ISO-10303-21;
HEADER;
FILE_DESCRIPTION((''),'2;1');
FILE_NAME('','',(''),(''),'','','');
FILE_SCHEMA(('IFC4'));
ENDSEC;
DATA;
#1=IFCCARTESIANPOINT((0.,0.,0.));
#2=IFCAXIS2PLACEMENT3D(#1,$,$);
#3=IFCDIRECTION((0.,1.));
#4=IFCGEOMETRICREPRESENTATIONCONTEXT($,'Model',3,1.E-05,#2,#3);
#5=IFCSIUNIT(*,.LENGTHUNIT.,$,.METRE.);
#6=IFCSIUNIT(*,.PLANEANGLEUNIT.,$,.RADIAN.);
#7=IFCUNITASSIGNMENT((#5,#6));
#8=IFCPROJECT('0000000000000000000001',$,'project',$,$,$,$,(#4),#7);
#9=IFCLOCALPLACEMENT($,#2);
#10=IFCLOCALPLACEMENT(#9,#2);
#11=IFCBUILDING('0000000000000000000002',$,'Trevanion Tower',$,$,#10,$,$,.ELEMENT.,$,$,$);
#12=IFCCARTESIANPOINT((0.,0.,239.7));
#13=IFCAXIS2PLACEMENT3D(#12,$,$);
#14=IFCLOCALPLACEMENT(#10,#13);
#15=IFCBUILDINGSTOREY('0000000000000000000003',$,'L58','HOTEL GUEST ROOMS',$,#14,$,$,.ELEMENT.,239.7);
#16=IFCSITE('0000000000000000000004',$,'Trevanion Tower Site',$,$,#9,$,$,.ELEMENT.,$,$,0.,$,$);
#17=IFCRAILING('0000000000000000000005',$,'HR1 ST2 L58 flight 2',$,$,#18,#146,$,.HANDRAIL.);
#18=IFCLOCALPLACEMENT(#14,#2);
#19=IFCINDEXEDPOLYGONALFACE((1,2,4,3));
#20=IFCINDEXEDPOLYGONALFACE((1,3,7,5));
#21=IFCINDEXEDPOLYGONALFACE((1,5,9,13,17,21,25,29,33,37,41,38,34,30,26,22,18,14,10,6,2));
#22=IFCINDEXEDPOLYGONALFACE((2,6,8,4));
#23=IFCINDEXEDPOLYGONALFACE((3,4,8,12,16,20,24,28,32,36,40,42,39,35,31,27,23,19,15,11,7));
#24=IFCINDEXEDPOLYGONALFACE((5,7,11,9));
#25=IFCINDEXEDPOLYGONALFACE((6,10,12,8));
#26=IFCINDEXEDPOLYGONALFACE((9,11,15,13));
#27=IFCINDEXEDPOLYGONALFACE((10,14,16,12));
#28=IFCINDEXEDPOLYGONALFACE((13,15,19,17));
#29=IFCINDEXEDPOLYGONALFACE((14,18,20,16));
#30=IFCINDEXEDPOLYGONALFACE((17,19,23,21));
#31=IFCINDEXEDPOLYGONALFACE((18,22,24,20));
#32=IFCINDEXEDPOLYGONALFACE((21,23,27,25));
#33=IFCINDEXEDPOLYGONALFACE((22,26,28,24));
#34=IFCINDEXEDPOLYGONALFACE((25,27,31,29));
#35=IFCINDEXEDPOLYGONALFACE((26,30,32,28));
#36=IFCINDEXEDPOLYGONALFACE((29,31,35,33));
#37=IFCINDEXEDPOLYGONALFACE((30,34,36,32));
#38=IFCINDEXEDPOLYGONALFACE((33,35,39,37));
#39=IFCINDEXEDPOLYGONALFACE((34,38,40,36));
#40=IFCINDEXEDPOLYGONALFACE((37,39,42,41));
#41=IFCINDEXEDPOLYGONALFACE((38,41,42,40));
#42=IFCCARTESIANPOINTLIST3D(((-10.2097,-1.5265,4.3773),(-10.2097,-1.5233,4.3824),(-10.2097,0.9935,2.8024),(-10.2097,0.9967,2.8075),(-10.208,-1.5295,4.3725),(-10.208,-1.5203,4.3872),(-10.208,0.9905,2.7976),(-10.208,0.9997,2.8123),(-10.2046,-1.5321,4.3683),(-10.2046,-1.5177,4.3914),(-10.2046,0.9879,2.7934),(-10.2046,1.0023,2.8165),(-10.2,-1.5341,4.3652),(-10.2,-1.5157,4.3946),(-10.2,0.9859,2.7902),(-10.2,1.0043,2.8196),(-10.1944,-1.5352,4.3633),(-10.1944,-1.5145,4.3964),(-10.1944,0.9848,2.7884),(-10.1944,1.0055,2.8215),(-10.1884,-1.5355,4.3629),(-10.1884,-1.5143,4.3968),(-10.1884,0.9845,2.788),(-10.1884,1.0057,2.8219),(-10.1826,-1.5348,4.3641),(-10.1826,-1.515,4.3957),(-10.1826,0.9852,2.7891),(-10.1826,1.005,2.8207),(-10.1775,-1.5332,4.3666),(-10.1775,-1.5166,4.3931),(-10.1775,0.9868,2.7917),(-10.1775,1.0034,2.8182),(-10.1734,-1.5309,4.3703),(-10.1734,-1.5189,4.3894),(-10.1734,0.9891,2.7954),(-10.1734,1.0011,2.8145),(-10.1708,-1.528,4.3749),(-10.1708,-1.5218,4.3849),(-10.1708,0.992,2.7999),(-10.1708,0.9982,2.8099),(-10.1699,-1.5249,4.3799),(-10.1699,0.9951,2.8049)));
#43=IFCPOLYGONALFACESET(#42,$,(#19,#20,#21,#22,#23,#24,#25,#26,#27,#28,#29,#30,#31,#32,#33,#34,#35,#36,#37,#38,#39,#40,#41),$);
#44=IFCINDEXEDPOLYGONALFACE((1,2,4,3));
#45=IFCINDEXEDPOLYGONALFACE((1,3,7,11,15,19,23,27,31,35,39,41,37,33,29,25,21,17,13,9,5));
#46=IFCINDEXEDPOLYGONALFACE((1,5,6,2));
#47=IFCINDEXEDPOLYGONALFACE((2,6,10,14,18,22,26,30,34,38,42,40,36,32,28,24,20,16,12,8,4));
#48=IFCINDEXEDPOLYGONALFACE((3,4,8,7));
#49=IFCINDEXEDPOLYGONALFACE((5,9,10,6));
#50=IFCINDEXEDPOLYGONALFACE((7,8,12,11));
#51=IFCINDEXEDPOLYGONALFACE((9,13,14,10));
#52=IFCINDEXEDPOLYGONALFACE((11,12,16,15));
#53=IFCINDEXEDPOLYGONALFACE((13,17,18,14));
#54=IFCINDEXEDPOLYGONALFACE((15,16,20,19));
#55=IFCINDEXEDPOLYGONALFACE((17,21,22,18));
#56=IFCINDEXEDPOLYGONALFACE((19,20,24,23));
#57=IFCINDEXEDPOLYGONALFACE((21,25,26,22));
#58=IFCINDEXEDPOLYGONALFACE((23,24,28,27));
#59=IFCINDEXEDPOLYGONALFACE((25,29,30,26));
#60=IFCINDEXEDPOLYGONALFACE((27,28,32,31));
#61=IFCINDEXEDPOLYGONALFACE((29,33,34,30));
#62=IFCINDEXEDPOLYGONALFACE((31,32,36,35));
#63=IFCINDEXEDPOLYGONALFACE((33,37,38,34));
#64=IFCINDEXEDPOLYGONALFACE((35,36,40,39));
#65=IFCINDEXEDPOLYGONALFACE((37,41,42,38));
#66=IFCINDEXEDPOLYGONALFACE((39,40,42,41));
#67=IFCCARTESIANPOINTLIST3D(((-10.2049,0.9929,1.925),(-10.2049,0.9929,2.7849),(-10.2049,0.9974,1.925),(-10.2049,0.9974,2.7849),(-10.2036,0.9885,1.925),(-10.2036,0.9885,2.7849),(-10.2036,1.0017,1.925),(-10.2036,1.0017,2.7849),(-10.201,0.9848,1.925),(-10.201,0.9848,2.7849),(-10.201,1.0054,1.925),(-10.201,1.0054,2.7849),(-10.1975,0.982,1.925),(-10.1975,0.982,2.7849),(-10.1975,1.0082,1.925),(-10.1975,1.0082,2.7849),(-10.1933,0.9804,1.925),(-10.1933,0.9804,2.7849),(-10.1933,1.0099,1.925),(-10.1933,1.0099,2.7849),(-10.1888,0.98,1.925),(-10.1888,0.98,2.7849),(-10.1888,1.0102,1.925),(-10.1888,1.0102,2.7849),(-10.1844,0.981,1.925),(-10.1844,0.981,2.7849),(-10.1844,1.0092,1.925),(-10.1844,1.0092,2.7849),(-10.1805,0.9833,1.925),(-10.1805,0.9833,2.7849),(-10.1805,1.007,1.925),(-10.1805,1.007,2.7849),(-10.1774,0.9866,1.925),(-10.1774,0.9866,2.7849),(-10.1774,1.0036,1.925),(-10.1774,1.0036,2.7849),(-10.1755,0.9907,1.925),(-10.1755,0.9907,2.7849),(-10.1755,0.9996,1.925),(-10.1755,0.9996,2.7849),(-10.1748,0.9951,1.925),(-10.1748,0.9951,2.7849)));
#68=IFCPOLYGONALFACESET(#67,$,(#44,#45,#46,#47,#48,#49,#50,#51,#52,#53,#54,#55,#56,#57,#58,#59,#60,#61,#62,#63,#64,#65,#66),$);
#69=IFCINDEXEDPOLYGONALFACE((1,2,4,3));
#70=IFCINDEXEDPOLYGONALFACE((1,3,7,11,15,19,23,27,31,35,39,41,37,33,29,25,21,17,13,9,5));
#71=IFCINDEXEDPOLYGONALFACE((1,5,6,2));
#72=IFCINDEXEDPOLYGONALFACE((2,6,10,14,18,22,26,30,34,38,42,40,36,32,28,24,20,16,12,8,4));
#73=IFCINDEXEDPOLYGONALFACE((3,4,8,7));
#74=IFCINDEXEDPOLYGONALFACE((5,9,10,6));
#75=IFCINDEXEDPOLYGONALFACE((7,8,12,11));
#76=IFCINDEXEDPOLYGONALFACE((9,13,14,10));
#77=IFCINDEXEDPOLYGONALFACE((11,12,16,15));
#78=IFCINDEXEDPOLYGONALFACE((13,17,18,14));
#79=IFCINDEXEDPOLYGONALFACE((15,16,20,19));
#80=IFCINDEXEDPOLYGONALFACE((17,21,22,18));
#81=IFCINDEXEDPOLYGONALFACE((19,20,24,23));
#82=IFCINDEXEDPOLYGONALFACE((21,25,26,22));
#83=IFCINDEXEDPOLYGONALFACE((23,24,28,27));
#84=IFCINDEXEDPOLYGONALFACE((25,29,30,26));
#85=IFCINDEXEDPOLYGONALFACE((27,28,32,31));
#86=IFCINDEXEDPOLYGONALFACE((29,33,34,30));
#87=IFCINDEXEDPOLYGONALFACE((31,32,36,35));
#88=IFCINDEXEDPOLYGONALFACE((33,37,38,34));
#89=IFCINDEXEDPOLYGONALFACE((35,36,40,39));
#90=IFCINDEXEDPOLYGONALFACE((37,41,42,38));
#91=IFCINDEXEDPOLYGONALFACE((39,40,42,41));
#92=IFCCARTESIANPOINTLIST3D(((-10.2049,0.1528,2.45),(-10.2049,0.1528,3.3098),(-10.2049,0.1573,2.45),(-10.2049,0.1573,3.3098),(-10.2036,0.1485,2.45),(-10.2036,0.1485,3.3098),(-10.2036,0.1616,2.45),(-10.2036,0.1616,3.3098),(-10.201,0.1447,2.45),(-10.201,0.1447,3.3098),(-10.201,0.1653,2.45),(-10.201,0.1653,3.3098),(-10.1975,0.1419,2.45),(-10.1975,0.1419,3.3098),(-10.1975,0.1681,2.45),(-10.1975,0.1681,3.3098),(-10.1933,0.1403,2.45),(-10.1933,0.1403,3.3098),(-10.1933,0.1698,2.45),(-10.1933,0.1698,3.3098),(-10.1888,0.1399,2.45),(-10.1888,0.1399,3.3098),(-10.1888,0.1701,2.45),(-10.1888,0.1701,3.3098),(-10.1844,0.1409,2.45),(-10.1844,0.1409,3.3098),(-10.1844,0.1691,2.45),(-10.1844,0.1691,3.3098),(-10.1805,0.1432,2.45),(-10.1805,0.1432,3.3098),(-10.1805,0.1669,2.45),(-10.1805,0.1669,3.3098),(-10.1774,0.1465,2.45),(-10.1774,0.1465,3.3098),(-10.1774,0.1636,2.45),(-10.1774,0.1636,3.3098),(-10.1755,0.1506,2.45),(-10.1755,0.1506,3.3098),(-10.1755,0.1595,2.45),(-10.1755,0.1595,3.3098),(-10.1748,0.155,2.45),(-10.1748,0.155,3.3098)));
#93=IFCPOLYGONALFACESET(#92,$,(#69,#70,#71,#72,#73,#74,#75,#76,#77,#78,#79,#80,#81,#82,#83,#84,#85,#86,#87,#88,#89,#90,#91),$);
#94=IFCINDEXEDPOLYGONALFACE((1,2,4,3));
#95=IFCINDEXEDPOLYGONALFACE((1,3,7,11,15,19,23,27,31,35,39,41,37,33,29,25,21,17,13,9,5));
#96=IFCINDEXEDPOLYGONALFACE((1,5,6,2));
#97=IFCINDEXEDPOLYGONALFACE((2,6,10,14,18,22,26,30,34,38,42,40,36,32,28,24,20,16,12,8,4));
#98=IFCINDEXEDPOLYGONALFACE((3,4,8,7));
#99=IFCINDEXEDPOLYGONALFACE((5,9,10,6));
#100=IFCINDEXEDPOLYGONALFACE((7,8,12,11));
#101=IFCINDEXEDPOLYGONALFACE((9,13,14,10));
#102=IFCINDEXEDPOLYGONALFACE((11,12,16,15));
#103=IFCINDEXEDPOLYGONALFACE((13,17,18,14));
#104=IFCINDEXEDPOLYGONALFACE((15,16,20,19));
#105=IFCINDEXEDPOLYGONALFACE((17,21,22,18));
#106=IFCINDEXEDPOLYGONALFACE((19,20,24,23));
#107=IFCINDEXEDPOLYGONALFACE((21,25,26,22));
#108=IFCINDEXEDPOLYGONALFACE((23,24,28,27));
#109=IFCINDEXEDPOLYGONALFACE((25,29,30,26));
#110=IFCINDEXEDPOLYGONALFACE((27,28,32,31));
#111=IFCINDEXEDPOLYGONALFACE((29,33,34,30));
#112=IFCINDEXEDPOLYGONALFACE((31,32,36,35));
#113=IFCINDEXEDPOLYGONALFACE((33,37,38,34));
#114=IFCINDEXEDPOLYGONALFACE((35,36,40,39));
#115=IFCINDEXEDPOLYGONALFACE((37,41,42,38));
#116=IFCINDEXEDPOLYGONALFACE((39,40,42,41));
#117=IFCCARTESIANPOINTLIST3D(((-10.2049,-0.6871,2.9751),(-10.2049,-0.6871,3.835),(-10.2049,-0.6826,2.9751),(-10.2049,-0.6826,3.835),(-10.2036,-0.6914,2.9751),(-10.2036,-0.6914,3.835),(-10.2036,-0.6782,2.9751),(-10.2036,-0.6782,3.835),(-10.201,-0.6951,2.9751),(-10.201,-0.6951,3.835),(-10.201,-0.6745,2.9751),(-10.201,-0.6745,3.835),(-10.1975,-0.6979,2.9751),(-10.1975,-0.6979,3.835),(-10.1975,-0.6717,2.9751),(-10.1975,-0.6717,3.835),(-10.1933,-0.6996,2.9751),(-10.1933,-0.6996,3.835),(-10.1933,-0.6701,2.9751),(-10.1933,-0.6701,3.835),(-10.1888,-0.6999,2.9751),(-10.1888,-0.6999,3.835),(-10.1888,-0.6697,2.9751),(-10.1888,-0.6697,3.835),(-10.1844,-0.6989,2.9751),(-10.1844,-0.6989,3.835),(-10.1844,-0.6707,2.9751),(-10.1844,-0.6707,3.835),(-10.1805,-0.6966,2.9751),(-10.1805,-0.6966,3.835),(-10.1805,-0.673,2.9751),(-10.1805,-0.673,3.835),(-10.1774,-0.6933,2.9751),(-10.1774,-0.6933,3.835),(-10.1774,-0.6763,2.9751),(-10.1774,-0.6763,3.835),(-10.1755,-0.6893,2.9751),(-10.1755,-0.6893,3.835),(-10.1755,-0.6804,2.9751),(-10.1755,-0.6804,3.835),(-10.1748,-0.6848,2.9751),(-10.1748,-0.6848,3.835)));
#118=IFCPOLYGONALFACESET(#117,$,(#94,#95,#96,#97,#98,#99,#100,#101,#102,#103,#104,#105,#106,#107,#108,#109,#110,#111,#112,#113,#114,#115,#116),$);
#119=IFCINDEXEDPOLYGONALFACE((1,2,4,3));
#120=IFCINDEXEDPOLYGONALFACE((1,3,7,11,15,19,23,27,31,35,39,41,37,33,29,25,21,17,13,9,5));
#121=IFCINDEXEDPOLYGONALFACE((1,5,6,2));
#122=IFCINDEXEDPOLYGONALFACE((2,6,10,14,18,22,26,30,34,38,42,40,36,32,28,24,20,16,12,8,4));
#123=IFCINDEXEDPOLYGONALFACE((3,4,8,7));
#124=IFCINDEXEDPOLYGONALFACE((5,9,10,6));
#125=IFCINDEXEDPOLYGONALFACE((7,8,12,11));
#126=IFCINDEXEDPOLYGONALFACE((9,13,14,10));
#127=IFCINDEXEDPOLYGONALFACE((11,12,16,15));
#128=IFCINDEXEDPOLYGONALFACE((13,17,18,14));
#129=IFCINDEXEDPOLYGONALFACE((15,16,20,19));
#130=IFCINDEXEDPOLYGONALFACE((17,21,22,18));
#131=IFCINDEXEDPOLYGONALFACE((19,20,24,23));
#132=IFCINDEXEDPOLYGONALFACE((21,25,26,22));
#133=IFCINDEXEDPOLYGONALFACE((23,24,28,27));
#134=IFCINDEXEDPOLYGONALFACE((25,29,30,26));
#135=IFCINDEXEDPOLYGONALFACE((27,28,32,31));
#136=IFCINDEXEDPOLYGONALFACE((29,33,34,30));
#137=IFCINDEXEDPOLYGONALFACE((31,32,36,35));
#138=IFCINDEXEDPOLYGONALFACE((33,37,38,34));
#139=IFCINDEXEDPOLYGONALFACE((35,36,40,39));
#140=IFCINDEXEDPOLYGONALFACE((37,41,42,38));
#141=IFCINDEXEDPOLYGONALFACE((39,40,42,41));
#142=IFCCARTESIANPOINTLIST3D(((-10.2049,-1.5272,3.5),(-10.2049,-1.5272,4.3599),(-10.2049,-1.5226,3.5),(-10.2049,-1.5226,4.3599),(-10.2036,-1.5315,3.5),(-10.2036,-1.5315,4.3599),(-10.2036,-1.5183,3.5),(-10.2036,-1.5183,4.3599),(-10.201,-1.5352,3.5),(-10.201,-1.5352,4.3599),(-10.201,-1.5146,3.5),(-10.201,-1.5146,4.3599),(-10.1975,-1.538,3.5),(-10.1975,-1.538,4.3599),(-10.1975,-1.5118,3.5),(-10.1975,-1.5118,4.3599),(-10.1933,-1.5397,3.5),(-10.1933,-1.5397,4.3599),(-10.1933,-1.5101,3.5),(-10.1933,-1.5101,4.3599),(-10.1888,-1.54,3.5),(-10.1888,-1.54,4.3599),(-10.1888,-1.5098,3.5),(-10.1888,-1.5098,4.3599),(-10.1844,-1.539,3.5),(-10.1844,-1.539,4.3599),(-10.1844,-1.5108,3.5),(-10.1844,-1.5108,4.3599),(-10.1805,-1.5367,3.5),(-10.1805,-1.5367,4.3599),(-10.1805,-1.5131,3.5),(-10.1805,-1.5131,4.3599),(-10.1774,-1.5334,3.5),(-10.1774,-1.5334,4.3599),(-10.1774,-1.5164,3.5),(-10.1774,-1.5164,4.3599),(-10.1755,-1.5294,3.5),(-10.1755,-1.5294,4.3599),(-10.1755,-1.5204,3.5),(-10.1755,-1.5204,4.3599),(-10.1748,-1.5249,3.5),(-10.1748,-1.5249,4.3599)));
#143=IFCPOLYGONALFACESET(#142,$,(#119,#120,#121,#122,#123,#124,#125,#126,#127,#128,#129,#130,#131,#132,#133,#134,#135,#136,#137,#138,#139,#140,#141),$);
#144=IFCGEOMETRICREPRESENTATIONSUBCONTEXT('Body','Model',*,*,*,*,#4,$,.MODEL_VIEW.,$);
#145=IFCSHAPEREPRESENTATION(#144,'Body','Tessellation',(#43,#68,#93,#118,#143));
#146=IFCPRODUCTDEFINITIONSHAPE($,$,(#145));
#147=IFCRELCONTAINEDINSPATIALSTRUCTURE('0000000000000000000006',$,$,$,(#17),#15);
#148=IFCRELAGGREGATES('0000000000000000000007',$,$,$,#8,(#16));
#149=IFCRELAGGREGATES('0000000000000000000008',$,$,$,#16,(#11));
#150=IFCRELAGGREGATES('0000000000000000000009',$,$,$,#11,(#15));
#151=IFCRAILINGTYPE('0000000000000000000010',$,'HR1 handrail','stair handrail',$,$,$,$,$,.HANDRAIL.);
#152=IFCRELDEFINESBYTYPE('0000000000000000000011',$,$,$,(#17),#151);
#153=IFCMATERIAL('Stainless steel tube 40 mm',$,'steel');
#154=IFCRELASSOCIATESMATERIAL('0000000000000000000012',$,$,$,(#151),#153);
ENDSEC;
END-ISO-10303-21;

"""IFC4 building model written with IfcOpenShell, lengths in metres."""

from ifc_helpers import new_model, si_unit, direction, frame, origin, origin_2d, place, context, subcontext, project, spatial, circle, extrude, material, type_object, element, save


model = new_model("IFC4")

# Units and contexts
model_context = context("Model", 3, precision=1e-05, world=origin(), true_north=direction((0.0, 1.0)))
body_context = subcontext(model_context, "Body", "Model", "MODEL_VIEW")
ifc_project = project(units=[si_unit("LENGTHUNIT", "METRE"), si_unit("PLANEANGLEUNIT", "RADIAN")], contexts=[model_context])

# Site, building, storey
site_placement = place(None, origin())
site = spatial("IfcSite", under=ifc_project, at=site_placement, Name="Trevanion Tower Site", CompositionType="ELEMENT", RefElevation=0.0)
building_placement = place(site_placement, origin())
building = spatial("IfcBuilding", under=site, at=building_placement, Name="Trevanion Tower", CompositionType="ELEMENT")
storey_placement = place(building_placement, frame((0.0, 0.0, 239.7)))
storey = spatial("IfcBuildingStorey", under=building, at=storey_placement, Name="L58", Description="HOTEL GUEST ROOMS", CompositionType="ELEMENT", Elevation=239.7)

# Railing
ifc_material_1 = material(Name="Stainless steel tube 40 mm", Category="steel")
railing_type = type_object("IfcRailingType", Name="HR1 handrail", Description="stair handrail", PredefinedType="HANDRAIL", material=ifc_material_1)
for number, where, name in (
    (1, (-10.1899, 0.9951, 1.925), "HR1 ST2 L58 flight 2"),
):
    element("IfcRailing", number, at=place(storey_placement, frame(where)), inside=storey, type_object=railing_type, Name=name, PredefinedType="HANDRAIL", context=body_context, shape_type="SweptSolid", body=[
        extrude(circle(Radius=0.02, at=origin_2d()), frame((0.0, 0.0, 0.8799), z_axis=(0.0, -0.848008, 0.529984), x_axis=(1.0, 0.0, 0.0)), (0.0, 0.0, 1.0), 2.9717),
        extrude(circle(Radius=0.0151, at=origin_2d()), origin(), (0.0, 0.0, 1.0), 0.8599),
        extrude(circle(Radius=0.0151, at=origin_2d()), frame((0.0, -0.8401, 0.5249)), (0.0, 0.0, 1.0), 0.8599),
        extrude(circle(Radius=0.0151, at=origin_2d()), frame((0.0, -1.6799, 1.05)), (0.0, 0.0, 1.0), 0.8599),
        extrude(circle(Radius=0.0151, at=origin_2d()), frame((0.0, -2.52, 1.575)), (0.0, 0.0, 1.0), 0.8599),
    ])

save(model, "model.ifc")
